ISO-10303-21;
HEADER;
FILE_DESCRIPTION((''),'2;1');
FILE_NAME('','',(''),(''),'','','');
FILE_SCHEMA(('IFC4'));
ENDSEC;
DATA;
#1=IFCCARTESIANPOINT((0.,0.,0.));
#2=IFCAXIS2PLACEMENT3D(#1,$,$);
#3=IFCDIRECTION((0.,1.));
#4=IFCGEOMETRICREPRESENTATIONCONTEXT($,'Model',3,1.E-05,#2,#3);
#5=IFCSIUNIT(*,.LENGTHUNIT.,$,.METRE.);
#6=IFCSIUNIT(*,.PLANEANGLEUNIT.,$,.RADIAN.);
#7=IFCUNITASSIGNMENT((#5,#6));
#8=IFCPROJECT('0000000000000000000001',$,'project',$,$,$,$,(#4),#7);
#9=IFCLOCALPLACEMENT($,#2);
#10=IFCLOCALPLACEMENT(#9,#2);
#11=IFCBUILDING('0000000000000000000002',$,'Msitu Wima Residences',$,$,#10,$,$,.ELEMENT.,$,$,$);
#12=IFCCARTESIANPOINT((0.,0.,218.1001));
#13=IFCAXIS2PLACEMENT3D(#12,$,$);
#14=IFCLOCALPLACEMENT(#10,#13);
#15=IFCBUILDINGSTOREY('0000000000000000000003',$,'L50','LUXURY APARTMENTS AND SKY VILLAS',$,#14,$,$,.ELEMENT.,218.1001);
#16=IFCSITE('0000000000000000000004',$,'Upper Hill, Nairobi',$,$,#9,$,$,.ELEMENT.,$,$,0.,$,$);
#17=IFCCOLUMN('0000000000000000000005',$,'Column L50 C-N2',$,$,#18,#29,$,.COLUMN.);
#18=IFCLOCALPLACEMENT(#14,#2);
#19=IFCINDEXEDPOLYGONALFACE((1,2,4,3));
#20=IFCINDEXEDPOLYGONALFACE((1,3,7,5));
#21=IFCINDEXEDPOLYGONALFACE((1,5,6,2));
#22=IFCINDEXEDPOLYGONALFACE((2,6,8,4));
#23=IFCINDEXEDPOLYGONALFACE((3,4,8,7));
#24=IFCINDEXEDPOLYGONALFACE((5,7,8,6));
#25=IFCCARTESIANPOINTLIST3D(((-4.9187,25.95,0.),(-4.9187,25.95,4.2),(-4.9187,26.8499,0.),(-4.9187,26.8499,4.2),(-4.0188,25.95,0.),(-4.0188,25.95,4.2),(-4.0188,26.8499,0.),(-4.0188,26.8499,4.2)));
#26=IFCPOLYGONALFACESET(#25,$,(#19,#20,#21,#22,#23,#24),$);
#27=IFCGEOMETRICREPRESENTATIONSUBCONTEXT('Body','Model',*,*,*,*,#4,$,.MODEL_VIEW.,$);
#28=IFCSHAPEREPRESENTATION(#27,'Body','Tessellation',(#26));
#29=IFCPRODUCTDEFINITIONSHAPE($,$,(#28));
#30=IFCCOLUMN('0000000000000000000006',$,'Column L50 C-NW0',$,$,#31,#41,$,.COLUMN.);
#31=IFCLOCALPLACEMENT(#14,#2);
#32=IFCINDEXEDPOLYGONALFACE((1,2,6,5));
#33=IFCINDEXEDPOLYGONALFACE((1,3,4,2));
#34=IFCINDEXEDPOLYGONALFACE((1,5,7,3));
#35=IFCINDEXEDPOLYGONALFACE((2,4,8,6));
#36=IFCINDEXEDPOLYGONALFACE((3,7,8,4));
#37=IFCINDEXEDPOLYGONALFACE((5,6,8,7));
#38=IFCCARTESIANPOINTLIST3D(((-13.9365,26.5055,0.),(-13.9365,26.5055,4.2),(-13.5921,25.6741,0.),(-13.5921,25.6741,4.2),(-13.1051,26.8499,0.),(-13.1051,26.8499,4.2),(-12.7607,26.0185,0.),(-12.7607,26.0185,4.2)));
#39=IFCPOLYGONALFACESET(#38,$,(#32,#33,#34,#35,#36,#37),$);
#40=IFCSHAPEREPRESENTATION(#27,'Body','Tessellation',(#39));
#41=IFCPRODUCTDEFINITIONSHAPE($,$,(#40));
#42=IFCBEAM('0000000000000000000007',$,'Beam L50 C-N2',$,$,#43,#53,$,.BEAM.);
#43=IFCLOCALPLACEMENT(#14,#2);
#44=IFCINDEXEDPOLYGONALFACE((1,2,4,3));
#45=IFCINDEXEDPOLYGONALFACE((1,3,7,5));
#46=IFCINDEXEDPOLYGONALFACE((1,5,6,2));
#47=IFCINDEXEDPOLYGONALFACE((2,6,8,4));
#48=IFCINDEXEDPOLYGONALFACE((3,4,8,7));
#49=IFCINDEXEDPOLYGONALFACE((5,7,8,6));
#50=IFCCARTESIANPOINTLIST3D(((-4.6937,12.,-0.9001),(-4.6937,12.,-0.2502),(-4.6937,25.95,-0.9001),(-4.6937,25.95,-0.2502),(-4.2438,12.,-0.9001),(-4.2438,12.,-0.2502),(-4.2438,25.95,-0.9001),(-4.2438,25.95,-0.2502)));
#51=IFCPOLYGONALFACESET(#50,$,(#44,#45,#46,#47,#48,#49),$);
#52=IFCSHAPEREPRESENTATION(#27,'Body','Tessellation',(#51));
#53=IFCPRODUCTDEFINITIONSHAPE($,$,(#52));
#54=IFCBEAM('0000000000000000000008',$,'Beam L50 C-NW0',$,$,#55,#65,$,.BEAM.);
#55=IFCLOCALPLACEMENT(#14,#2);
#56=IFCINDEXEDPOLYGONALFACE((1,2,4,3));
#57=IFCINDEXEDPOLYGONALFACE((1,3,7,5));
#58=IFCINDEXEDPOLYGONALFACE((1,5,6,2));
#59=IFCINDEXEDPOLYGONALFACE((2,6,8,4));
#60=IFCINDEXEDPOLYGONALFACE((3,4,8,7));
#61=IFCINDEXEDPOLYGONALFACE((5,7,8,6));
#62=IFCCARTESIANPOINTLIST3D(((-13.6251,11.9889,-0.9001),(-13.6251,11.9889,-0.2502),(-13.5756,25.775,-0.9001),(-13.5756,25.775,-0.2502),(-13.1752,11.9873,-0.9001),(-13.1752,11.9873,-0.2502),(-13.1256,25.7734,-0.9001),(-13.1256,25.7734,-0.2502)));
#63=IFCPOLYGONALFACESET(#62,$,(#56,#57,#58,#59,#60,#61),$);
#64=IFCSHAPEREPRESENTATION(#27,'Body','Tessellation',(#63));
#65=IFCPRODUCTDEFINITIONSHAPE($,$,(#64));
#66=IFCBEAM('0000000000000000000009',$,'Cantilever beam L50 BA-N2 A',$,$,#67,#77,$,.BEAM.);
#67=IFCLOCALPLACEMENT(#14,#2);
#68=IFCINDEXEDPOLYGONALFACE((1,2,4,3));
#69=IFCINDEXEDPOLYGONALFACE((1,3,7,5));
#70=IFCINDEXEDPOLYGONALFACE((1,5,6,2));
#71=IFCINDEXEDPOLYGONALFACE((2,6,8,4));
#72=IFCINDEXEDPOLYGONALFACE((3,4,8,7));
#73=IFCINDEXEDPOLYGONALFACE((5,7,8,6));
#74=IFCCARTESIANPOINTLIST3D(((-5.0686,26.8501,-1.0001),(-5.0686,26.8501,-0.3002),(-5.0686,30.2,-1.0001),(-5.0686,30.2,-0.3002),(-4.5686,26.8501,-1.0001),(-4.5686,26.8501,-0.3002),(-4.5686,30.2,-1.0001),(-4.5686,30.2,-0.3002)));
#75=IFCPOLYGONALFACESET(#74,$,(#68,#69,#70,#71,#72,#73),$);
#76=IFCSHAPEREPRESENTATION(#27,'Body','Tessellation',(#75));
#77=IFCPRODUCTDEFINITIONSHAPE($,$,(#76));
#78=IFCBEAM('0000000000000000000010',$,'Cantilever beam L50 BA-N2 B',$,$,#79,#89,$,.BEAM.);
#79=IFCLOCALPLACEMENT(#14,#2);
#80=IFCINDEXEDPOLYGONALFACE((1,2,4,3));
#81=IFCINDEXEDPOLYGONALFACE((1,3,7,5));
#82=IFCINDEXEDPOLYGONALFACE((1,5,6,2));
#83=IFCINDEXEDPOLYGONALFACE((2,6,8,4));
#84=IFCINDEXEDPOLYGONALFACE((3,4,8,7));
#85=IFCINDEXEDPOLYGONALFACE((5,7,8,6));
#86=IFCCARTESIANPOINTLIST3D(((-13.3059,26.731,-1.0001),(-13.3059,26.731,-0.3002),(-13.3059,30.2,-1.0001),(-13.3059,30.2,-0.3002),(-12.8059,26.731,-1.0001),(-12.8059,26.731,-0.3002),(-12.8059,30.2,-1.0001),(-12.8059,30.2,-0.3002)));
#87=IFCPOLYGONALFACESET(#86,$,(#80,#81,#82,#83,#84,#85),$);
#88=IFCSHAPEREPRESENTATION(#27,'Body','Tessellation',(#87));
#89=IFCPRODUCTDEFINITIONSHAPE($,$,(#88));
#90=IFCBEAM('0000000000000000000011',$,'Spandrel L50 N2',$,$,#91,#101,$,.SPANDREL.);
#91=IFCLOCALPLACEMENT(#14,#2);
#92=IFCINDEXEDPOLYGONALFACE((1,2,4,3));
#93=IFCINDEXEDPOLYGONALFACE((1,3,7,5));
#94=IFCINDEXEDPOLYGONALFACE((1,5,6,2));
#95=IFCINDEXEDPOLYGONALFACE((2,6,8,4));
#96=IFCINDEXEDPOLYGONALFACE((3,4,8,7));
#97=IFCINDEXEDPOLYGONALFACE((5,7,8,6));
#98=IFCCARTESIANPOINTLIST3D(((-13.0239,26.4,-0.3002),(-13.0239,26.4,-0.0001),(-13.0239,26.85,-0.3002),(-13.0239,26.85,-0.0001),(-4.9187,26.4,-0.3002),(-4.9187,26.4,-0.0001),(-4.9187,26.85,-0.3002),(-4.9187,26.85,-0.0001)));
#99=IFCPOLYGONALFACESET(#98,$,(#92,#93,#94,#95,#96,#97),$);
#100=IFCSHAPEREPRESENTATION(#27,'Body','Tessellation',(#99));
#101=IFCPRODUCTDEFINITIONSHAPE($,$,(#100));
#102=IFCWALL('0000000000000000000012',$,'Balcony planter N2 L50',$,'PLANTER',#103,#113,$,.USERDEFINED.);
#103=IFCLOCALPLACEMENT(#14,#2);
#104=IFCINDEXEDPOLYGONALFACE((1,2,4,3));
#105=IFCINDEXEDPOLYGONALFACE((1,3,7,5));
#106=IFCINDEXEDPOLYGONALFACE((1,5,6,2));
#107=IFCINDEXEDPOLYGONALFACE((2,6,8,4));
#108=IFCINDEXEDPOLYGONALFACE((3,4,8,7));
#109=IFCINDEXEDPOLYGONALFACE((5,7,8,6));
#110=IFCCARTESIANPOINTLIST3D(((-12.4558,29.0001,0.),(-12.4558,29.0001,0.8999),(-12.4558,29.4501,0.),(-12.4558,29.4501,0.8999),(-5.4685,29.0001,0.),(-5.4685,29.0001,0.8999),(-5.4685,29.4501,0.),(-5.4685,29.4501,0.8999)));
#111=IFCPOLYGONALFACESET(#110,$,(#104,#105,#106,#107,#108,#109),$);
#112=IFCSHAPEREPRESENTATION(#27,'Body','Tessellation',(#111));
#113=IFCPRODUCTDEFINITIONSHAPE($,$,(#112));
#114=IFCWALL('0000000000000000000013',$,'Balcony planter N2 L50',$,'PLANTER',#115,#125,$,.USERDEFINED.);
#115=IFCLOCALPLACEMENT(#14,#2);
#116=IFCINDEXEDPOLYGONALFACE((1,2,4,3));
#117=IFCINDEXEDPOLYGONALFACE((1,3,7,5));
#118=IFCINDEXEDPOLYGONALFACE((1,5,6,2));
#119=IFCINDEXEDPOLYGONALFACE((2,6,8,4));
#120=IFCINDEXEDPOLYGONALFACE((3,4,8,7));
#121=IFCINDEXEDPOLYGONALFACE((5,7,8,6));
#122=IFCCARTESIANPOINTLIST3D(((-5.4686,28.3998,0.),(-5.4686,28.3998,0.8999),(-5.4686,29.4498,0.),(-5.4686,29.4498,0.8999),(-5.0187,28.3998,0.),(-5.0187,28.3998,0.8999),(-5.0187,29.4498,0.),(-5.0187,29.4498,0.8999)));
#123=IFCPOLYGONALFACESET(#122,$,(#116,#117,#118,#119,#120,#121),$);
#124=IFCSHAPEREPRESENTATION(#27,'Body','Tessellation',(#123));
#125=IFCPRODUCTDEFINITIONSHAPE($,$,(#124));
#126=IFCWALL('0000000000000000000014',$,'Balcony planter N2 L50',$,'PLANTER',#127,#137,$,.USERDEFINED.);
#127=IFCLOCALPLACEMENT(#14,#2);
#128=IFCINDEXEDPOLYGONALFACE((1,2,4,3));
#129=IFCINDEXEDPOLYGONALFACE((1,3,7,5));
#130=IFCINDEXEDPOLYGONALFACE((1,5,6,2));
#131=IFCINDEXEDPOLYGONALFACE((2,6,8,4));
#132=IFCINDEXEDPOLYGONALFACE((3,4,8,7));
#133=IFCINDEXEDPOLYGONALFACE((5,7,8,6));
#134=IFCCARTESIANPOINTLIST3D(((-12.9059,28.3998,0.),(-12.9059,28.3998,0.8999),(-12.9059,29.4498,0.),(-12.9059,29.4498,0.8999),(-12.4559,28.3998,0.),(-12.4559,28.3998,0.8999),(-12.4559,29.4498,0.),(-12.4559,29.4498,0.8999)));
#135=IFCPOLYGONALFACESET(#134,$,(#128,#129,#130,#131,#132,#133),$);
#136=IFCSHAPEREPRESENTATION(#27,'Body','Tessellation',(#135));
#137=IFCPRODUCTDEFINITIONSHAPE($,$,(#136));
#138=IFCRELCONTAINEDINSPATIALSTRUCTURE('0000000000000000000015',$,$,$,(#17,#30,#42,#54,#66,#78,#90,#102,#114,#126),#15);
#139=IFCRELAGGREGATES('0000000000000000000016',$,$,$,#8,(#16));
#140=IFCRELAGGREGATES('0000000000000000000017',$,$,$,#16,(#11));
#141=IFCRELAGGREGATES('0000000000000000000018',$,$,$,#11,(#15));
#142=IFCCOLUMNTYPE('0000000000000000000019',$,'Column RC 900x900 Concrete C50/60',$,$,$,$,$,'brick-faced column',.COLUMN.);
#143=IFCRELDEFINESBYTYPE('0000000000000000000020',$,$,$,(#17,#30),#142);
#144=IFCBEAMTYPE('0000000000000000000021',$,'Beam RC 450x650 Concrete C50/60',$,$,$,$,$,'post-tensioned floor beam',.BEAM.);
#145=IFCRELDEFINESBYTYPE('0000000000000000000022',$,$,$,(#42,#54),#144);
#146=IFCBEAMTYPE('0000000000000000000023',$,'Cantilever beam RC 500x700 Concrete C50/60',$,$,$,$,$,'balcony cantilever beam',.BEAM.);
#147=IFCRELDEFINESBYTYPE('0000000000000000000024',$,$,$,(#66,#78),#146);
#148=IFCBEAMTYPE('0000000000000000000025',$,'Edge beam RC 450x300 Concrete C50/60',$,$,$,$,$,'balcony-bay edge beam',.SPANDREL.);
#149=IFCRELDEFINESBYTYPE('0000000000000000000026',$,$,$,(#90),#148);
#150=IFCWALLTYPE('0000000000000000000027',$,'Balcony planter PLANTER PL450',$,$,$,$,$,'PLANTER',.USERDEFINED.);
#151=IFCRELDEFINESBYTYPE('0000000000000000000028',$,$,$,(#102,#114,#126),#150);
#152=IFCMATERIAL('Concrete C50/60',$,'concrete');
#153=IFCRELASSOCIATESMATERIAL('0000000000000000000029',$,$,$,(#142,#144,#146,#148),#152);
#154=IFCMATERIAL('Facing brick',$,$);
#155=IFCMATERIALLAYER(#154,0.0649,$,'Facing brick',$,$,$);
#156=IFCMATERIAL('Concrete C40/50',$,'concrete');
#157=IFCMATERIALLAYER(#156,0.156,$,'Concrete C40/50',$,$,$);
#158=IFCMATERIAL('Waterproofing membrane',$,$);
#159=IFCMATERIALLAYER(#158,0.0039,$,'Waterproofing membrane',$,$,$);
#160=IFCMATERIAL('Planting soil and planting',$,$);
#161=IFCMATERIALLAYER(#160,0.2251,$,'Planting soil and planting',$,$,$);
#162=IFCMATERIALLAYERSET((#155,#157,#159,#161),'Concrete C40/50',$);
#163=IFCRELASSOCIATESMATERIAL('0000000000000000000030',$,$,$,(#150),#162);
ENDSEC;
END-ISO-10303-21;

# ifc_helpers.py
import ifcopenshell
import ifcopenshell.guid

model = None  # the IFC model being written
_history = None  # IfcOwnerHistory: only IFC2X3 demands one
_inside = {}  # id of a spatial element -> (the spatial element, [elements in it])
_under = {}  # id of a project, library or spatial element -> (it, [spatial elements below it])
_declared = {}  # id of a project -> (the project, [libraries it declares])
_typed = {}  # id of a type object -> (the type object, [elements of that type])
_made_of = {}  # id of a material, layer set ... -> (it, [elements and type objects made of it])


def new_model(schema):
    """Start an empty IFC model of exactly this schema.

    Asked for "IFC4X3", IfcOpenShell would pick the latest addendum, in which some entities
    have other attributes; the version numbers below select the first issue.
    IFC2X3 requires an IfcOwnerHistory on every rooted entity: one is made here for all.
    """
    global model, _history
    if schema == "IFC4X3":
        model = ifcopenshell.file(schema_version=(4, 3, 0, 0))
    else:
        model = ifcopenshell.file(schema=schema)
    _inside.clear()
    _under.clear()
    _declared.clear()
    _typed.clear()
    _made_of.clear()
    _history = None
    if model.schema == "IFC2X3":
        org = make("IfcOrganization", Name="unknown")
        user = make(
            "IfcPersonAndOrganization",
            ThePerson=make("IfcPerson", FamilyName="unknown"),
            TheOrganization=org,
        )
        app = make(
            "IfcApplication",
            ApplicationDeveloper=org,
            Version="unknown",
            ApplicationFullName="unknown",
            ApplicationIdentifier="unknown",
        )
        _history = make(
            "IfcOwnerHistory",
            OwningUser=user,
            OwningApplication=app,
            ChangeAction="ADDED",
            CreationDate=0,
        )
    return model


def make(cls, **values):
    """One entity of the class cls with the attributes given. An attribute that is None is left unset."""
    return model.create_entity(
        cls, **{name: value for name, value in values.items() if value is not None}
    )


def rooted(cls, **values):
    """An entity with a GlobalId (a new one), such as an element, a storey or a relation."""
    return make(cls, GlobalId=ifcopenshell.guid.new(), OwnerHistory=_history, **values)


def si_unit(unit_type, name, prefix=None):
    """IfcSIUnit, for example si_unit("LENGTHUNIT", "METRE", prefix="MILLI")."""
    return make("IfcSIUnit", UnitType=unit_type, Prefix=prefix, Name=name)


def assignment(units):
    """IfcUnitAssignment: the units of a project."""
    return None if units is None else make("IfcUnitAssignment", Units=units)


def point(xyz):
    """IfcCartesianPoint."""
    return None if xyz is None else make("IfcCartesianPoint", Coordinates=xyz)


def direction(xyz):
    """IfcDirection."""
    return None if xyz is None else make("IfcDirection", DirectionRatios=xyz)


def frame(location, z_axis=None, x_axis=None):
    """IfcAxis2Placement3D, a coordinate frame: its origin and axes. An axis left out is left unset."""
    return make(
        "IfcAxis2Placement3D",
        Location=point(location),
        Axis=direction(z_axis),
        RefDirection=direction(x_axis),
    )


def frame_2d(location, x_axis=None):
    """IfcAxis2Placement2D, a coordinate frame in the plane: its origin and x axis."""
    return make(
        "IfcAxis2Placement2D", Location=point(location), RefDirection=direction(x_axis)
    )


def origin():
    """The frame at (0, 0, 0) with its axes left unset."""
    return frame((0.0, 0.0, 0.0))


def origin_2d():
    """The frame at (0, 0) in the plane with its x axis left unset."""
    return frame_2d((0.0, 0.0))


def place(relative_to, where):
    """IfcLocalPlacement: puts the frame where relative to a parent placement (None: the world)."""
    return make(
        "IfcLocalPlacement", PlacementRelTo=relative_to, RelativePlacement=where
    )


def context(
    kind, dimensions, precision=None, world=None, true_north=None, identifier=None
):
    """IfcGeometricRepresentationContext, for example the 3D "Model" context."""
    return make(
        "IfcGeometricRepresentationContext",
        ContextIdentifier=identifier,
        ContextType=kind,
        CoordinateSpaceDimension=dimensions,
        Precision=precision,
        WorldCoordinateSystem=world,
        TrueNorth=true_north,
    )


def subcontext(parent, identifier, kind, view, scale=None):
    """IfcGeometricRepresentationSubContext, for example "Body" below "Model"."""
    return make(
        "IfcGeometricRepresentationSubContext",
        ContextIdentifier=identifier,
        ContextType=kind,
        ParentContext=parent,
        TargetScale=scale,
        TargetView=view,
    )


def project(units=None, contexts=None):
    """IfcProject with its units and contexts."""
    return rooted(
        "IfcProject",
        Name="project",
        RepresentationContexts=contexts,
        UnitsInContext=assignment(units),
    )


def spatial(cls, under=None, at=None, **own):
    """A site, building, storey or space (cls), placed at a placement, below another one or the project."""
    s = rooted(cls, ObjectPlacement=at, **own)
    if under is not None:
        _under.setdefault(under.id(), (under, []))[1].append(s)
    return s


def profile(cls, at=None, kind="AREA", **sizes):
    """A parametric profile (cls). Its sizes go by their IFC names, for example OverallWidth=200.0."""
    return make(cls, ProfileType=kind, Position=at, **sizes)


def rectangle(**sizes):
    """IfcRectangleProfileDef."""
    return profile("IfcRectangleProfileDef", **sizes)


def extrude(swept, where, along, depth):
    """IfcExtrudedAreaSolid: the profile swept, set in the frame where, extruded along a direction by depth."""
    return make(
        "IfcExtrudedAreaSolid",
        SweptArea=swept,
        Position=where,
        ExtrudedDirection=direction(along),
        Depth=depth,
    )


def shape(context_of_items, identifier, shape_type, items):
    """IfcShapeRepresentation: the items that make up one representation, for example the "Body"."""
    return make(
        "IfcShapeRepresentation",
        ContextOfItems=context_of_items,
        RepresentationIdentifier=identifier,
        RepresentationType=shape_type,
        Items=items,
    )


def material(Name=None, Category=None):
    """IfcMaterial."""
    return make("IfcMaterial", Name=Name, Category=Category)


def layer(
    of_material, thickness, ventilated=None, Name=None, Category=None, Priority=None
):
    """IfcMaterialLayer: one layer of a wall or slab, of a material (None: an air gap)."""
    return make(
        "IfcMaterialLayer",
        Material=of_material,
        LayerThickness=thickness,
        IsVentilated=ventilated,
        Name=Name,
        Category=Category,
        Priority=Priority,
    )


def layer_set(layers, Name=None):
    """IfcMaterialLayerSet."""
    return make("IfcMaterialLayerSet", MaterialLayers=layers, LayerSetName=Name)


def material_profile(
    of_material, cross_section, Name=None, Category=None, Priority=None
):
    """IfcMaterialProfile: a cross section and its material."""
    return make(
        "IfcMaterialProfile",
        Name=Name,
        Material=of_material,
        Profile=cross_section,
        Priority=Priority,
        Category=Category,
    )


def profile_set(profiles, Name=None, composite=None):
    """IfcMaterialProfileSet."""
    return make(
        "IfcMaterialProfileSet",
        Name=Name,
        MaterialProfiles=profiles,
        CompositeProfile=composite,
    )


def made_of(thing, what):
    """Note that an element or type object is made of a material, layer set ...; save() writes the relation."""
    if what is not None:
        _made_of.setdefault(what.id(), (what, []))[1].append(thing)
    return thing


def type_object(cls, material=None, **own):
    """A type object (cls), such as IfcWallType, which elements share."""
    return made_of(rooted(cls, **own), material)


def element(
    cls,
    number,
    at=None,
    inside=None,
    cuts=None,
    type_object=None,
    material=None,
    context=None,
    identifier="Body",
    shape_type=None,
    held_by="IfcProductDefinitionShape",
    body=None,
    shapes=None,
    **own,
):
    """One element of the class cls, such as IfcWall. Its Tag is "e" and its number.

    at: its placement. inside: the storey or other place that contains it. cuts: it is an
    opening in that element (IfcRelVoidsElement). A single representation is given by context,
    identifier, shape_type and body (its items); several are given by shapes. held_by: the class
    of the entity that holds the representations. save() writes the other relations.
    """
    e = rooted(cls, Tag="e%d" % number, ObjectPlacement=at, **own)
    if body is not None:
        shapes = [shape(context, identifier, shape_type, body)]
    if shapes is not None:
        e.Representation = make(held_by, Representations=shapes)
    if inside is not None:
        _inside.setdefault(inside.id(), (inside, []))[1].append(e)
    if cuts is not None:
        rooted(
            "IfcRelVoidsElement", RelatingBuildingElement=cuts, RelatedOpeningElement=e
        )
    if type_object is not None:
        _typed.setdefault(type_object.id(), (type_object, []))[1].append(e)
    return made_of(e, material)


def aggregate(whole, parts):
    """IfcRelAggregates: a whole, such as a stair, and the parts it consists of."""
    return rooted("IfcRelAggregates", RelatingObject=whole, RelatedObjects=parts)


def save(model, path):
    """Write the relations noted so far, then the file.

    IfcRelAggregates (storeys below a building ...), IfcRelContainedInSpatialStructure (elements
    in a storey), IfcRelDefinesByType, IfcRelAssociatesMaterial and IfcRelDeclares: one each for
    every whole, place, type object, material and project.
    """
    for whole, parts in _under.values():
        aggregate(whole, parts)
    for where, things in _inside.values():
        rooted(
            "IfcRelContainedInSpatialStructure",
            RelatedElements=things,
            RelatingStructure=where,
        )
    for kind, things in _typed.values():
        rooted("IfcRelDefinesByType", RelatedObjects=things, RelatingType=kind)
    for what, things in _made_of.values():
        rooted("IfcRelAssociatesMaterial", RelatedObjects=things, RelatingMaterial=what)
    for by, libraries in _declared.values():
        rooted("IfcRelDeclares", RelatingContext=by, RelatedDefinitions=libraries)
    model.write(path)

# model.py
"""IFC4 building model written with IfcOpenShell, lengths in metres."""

from ifc_helpers import new_model, si_unit, direction, frame, frame_2d, origin, origin_2d, place, context, subcontext, project, spatial, rectangle, extrude, material, layer, layer_set, material_profile, profile_set, type_object, element, save


model = new_model("IFC4")

# Units and contexts
model_context = context("Model", 3, precision=1e-05, world=origin(), true_north=direction((0.0, 1.0)))
body_context = subcontext(model_context, "Body", "Model", "MODEL_VIEW")
ifc_project = project(units=[si_unit("LENGTHUNIT", "METRE"), si_unit("PLANEANGLEUNIT", "RADIAN")], contexts=[model_context])

# Site, building, storey
site_placement = place(None, origin())
site = spatial("IfcSite", under=ifc_project, at=site_placement, Name="Upper Hill, Nairobi", CompositionType="ELEMENT", RefElevation=0.0)
building_placement = place(site_placement, origin())
building = spatial("IfcBuilding", under=site, at=building_placement, Name="Msitu Wima Residences", CompositionType="ELEMENT")
storey_placement = place(building_placement, frame((0.0, 0.0, 218.1001)))
storey = spatial("IfcBuildingStorey", under=building, at=storey_placement, Name="L50", Description="LUXURY APARTMENTS AND SKY VILLAS", CompositionType="ELEMENT", Elevation=218.1001)

# Columns
ifc_material_1 = material(Name="Concrete C50/60", Category="concrete")
ifc_material_profile_1 = material_profile(ifc_material_1, rectangle(XDim=0.8999, YDim=0.8999, at=origin_2d()), Name="RC 900x900")
ifc_profile_set_1 = profile_set([ifc_material_profile_1], Name="Concrete C50/60")
column_type = type_object("IfcColumnType", Name="Column RC 900x900 Concrete C50/60", ElementType="brick-faced column", PredefinedType="COLUMN", material=ifc_profile_set_1)
for number, where, z_axis, x_axis, name in (
    (1, (-4.4688, 26.3999, 0.0), (0.0, 0.0, 1.0), (-1.0, 0.0, 0.0), "Column L50 C-N2"),
    (2, (-13.3486, 26.262, 0.0), (0.0, 0.0, 1.0), (-0.92388, -0.382683, 0.0), "Column L50 C-NW0"),
):
    element("IfcColumn", number, at=place(storey_placement, frame(where, z_axis=z_axis, x_axis=x_axis)), inside=storey, type_object=column_type, Name=name, PredefinedType="COLUMN", context=body_context, shape_type="SweptSolid", body=[
        extrude(rectangle(XDim=0.8999, YDim=0.8999, at=origin_2d()), origin(), (0.0, 0.0, 1.0), 4.2),
    ])

# Beams
ifc_material_profile_2 = material_profile(ifc_material_1, rectangle(XDim=0.45, YDim=0.6499, at=origin_2d()), Name="RC 450x650")
ifc_profile_set_2 = profile_set([ifc_material_profile_2], Name="Concrete C50/60")
beam_type_1 = type_object("IfcBeamType", Name="Beam RC 450x650 Concrete C50/60", ElementType="post-tensioned floor beam", PredefinedType="BEAM", material=ifc_profile_set_2)
beam_1_placement = place(storey_placement, frame((-4.4688, 25.95, -0.5752), z_axis=(0.0, -1.0, 0.0), x_axis=(1.0, 0.0, 0.0)))
element("IfcBeam", 3, at=beam_1_placement, inside=storey, type_object=beam_type_1, Name="Beam L50 C-N2", PredefinedType="BEAM", context=body_context, shape_type="SweptSolid", body=[
    extrude(rectangle(XDim=0.45, YDim=0.6499, at=origin_2d()), origin(), (0.0, 0.0, 1.0), 13.95),
])
beam_2_placement = place(storey_placement, frame((-13.3506, 25.7742, -0.5752), z_axis=(-0.003595, -0.999994, 0.0), x_axis=(0.999994, -0.003595, 0.0)))
element("IfcBeam", 4, at=beam_2_placement, inside=storey, type_object=beam_type_1, Name="Beam L50 C-NW0", PredefinedType="BEAM", context=body_context, shape_type="SweptSolid", body=[
    extrude(rectangle(XDim=0.45, YDim=0.6499, at=origin_2d()), origin(), (0.0, 0.0, 1.0), 13.7861),
])
ifc_material_profile_3 = material_profile(ifc_material_1, rectangle(XDim=0.5, YDim=0.7, at=origin_2d()), Name="RC 500x700")
ifc_profile_set_3 = profile_set([ifc_material_profile_3], Name="Concrete C50/60")
beam_type_2 = type_object("IfcBeamType", Name="Cantilever beam RC 500x700 Concrete C50/60", ElementType="balcony cantilever beam", PredefinedType="BEAM", material=ifc_profile_set_3)
beam_3_placement = place(storey_placement, frame((-4.8186, 26.8501, -0.6501), z_axis=(0.0, 1.0, 0.0), x_axis=(-1.0, 0.0, 0.0)))
element("IfcBeam", 5, at=beam_3_placement, inside=storey, type_object=beam_type_2, Name="Cantilever beam L50 BA-N2 A", PredefinedType="BEAM", context=body_context, shape_type="SweptSolid", body=[
    extrude(rectangle(XDim=0.5, YDim=0.7, at=origin_2d()), origin(), (0.0, 0.0, 1.0), 3.3499),
])
beam_4_placement = place(storey_placement, frame((-13.0559, 26.731, -0.6501), z_axis=(0.0, 1.0, 0.0), x_axis=(-1.0, 0.0, 0.0)))
element("IfcBeam", 6, at=beam_4_placement, inside=storey, type_object=beam_type_2, Name="Cantilever beam L50 BA-N2 B", PredefinedType="BEAM", context=body_context, shape_type="SweptSolid", body=[
    extrude(rectangle(XDim=0.5, YDim=0.7, at=origin_2d()), origin(), (0.0, 0.0, 1.0), 3.469),
])
ifc_material_profile_4 = material_profile(ifc_material_1, rectangle(XDim=0.45, YDim=0.3, at=origin_2d()), Name="RC 450x300")
ifc_profile_set_4 = profile_set([ifc_material_profile_4], Name="Concrete C50/60")
beam_type_3 = type_object("IfcBeamType", Name="Edge beam RC 450x300 Concrete C50/60", ElementType="balcony-bay edge beam", PredefinedType="SPANDREL", material=ifc_profile_set_4)
beam_5_placement = place(storey_placement, frame((-4.9187, 26.625, -0.1501), z_axis=(-1.0, 0.0, 0.0), x_axis=(0.0, -1.0, 0.0)))
element("IfcBeam", 7, at=beam_5_placement, inside=storey, type_object=beam_type_3, Name="Spandrel L50 N2", PredefinedType="SPANDREL", context=body_context, shape_type="SweptSolid", body=[
    extrude(rectangle(XDim=0.45, YDim=0.3, at=origin_2d()), origin(), (0.0, 0.0, 1.0), 8.1052),
])

# Walls
ifc_material_2 = material(Name="Facing brick")
ifc_layer_1 = layer(ifc_material_2, 0.0649, Name="Facing brick")
ifc_material_3 = material(Name="Concrete C40/50", Category="concrete")
ifc_layer_2 = layer(ifc_material_3, 0.156, Name="Concrete C40/50")
ifc_material_4 = material(Name="Waterproofing membrane")
ifc_layer_3 = layer(ifc_material_4, 0.0039, Name="Waterproofing membrane")
ifc_material_5 = material(Name="Planting soil and planting")
ifc_layer_4 = layer(ifc_material_5, 0.2251, Name="Planting soil and planting")
ifc_layer_set_1 = layer_set([ifc_layer_1, ifc_layer_2, ifc_layer_3, ifc_layer_4], Name="Concrete C40/50")
wall_type_1 = type_object("IfcWallType", Name="Balcony planter PLANTER PL450", ElementType="PLANTER", PredefinedType="USERDEFINED", material=ifc_layer_set_1)
wall_1_placement = place(storey_placement, frame((-5.4685, 29.2251, 0.0), z_axis=(0.0, 0.0, 1.0), x_axis=(-1.0, 0.0, 0.0)))
element("IfcWall", 8, at=wall_1_placement, inside=storey, type_object=wall_type_1, Name="Balcony planter N2 L50", ObjectType="PLANTER", PredefinedType="USERDEFINED", context=body_context, shape_type="SweptSolid", body=[
    extrude(rectangle(XDim=6.9873, YDim=0.45, at=frame_2d((3.4937, 0.0))), origin(), (0.0, 0.0, 1.0), 0.8999),
])
for number, where, z_axis, x_axis, name in (
    (9, (-5.2437, 28.3999, 0.0), (0.0, 0.0, 1.0), (0.0, 1.0, 0.0), "Balcony planter N2 L50"),
    (10, (-12.6809, 28.3999, 0.0), (0.0, 0.0, 1.0), (0.0, 1.0, 0.0), "Balcony planter N2 L50"),
):
    element("IfcWall", number, at=place(storey_placement, frame(where, z_axis=z_axis, x_axis=x_axis)), inside=storey, type_object=wall_type_1, Name=name, ObjectType="PLANTER", PredefinedType="USERDEFINED", context=body_context, shape_type="SweptSolid", body=[
        extrude(rectangle(XDim=1.05, YDim=0.45, at=frame_2d((0.5249, 0.0))), origin(), (0.0, 0.0, 1.0), 0.8999),
    ])

save(model, "model.ifc")
